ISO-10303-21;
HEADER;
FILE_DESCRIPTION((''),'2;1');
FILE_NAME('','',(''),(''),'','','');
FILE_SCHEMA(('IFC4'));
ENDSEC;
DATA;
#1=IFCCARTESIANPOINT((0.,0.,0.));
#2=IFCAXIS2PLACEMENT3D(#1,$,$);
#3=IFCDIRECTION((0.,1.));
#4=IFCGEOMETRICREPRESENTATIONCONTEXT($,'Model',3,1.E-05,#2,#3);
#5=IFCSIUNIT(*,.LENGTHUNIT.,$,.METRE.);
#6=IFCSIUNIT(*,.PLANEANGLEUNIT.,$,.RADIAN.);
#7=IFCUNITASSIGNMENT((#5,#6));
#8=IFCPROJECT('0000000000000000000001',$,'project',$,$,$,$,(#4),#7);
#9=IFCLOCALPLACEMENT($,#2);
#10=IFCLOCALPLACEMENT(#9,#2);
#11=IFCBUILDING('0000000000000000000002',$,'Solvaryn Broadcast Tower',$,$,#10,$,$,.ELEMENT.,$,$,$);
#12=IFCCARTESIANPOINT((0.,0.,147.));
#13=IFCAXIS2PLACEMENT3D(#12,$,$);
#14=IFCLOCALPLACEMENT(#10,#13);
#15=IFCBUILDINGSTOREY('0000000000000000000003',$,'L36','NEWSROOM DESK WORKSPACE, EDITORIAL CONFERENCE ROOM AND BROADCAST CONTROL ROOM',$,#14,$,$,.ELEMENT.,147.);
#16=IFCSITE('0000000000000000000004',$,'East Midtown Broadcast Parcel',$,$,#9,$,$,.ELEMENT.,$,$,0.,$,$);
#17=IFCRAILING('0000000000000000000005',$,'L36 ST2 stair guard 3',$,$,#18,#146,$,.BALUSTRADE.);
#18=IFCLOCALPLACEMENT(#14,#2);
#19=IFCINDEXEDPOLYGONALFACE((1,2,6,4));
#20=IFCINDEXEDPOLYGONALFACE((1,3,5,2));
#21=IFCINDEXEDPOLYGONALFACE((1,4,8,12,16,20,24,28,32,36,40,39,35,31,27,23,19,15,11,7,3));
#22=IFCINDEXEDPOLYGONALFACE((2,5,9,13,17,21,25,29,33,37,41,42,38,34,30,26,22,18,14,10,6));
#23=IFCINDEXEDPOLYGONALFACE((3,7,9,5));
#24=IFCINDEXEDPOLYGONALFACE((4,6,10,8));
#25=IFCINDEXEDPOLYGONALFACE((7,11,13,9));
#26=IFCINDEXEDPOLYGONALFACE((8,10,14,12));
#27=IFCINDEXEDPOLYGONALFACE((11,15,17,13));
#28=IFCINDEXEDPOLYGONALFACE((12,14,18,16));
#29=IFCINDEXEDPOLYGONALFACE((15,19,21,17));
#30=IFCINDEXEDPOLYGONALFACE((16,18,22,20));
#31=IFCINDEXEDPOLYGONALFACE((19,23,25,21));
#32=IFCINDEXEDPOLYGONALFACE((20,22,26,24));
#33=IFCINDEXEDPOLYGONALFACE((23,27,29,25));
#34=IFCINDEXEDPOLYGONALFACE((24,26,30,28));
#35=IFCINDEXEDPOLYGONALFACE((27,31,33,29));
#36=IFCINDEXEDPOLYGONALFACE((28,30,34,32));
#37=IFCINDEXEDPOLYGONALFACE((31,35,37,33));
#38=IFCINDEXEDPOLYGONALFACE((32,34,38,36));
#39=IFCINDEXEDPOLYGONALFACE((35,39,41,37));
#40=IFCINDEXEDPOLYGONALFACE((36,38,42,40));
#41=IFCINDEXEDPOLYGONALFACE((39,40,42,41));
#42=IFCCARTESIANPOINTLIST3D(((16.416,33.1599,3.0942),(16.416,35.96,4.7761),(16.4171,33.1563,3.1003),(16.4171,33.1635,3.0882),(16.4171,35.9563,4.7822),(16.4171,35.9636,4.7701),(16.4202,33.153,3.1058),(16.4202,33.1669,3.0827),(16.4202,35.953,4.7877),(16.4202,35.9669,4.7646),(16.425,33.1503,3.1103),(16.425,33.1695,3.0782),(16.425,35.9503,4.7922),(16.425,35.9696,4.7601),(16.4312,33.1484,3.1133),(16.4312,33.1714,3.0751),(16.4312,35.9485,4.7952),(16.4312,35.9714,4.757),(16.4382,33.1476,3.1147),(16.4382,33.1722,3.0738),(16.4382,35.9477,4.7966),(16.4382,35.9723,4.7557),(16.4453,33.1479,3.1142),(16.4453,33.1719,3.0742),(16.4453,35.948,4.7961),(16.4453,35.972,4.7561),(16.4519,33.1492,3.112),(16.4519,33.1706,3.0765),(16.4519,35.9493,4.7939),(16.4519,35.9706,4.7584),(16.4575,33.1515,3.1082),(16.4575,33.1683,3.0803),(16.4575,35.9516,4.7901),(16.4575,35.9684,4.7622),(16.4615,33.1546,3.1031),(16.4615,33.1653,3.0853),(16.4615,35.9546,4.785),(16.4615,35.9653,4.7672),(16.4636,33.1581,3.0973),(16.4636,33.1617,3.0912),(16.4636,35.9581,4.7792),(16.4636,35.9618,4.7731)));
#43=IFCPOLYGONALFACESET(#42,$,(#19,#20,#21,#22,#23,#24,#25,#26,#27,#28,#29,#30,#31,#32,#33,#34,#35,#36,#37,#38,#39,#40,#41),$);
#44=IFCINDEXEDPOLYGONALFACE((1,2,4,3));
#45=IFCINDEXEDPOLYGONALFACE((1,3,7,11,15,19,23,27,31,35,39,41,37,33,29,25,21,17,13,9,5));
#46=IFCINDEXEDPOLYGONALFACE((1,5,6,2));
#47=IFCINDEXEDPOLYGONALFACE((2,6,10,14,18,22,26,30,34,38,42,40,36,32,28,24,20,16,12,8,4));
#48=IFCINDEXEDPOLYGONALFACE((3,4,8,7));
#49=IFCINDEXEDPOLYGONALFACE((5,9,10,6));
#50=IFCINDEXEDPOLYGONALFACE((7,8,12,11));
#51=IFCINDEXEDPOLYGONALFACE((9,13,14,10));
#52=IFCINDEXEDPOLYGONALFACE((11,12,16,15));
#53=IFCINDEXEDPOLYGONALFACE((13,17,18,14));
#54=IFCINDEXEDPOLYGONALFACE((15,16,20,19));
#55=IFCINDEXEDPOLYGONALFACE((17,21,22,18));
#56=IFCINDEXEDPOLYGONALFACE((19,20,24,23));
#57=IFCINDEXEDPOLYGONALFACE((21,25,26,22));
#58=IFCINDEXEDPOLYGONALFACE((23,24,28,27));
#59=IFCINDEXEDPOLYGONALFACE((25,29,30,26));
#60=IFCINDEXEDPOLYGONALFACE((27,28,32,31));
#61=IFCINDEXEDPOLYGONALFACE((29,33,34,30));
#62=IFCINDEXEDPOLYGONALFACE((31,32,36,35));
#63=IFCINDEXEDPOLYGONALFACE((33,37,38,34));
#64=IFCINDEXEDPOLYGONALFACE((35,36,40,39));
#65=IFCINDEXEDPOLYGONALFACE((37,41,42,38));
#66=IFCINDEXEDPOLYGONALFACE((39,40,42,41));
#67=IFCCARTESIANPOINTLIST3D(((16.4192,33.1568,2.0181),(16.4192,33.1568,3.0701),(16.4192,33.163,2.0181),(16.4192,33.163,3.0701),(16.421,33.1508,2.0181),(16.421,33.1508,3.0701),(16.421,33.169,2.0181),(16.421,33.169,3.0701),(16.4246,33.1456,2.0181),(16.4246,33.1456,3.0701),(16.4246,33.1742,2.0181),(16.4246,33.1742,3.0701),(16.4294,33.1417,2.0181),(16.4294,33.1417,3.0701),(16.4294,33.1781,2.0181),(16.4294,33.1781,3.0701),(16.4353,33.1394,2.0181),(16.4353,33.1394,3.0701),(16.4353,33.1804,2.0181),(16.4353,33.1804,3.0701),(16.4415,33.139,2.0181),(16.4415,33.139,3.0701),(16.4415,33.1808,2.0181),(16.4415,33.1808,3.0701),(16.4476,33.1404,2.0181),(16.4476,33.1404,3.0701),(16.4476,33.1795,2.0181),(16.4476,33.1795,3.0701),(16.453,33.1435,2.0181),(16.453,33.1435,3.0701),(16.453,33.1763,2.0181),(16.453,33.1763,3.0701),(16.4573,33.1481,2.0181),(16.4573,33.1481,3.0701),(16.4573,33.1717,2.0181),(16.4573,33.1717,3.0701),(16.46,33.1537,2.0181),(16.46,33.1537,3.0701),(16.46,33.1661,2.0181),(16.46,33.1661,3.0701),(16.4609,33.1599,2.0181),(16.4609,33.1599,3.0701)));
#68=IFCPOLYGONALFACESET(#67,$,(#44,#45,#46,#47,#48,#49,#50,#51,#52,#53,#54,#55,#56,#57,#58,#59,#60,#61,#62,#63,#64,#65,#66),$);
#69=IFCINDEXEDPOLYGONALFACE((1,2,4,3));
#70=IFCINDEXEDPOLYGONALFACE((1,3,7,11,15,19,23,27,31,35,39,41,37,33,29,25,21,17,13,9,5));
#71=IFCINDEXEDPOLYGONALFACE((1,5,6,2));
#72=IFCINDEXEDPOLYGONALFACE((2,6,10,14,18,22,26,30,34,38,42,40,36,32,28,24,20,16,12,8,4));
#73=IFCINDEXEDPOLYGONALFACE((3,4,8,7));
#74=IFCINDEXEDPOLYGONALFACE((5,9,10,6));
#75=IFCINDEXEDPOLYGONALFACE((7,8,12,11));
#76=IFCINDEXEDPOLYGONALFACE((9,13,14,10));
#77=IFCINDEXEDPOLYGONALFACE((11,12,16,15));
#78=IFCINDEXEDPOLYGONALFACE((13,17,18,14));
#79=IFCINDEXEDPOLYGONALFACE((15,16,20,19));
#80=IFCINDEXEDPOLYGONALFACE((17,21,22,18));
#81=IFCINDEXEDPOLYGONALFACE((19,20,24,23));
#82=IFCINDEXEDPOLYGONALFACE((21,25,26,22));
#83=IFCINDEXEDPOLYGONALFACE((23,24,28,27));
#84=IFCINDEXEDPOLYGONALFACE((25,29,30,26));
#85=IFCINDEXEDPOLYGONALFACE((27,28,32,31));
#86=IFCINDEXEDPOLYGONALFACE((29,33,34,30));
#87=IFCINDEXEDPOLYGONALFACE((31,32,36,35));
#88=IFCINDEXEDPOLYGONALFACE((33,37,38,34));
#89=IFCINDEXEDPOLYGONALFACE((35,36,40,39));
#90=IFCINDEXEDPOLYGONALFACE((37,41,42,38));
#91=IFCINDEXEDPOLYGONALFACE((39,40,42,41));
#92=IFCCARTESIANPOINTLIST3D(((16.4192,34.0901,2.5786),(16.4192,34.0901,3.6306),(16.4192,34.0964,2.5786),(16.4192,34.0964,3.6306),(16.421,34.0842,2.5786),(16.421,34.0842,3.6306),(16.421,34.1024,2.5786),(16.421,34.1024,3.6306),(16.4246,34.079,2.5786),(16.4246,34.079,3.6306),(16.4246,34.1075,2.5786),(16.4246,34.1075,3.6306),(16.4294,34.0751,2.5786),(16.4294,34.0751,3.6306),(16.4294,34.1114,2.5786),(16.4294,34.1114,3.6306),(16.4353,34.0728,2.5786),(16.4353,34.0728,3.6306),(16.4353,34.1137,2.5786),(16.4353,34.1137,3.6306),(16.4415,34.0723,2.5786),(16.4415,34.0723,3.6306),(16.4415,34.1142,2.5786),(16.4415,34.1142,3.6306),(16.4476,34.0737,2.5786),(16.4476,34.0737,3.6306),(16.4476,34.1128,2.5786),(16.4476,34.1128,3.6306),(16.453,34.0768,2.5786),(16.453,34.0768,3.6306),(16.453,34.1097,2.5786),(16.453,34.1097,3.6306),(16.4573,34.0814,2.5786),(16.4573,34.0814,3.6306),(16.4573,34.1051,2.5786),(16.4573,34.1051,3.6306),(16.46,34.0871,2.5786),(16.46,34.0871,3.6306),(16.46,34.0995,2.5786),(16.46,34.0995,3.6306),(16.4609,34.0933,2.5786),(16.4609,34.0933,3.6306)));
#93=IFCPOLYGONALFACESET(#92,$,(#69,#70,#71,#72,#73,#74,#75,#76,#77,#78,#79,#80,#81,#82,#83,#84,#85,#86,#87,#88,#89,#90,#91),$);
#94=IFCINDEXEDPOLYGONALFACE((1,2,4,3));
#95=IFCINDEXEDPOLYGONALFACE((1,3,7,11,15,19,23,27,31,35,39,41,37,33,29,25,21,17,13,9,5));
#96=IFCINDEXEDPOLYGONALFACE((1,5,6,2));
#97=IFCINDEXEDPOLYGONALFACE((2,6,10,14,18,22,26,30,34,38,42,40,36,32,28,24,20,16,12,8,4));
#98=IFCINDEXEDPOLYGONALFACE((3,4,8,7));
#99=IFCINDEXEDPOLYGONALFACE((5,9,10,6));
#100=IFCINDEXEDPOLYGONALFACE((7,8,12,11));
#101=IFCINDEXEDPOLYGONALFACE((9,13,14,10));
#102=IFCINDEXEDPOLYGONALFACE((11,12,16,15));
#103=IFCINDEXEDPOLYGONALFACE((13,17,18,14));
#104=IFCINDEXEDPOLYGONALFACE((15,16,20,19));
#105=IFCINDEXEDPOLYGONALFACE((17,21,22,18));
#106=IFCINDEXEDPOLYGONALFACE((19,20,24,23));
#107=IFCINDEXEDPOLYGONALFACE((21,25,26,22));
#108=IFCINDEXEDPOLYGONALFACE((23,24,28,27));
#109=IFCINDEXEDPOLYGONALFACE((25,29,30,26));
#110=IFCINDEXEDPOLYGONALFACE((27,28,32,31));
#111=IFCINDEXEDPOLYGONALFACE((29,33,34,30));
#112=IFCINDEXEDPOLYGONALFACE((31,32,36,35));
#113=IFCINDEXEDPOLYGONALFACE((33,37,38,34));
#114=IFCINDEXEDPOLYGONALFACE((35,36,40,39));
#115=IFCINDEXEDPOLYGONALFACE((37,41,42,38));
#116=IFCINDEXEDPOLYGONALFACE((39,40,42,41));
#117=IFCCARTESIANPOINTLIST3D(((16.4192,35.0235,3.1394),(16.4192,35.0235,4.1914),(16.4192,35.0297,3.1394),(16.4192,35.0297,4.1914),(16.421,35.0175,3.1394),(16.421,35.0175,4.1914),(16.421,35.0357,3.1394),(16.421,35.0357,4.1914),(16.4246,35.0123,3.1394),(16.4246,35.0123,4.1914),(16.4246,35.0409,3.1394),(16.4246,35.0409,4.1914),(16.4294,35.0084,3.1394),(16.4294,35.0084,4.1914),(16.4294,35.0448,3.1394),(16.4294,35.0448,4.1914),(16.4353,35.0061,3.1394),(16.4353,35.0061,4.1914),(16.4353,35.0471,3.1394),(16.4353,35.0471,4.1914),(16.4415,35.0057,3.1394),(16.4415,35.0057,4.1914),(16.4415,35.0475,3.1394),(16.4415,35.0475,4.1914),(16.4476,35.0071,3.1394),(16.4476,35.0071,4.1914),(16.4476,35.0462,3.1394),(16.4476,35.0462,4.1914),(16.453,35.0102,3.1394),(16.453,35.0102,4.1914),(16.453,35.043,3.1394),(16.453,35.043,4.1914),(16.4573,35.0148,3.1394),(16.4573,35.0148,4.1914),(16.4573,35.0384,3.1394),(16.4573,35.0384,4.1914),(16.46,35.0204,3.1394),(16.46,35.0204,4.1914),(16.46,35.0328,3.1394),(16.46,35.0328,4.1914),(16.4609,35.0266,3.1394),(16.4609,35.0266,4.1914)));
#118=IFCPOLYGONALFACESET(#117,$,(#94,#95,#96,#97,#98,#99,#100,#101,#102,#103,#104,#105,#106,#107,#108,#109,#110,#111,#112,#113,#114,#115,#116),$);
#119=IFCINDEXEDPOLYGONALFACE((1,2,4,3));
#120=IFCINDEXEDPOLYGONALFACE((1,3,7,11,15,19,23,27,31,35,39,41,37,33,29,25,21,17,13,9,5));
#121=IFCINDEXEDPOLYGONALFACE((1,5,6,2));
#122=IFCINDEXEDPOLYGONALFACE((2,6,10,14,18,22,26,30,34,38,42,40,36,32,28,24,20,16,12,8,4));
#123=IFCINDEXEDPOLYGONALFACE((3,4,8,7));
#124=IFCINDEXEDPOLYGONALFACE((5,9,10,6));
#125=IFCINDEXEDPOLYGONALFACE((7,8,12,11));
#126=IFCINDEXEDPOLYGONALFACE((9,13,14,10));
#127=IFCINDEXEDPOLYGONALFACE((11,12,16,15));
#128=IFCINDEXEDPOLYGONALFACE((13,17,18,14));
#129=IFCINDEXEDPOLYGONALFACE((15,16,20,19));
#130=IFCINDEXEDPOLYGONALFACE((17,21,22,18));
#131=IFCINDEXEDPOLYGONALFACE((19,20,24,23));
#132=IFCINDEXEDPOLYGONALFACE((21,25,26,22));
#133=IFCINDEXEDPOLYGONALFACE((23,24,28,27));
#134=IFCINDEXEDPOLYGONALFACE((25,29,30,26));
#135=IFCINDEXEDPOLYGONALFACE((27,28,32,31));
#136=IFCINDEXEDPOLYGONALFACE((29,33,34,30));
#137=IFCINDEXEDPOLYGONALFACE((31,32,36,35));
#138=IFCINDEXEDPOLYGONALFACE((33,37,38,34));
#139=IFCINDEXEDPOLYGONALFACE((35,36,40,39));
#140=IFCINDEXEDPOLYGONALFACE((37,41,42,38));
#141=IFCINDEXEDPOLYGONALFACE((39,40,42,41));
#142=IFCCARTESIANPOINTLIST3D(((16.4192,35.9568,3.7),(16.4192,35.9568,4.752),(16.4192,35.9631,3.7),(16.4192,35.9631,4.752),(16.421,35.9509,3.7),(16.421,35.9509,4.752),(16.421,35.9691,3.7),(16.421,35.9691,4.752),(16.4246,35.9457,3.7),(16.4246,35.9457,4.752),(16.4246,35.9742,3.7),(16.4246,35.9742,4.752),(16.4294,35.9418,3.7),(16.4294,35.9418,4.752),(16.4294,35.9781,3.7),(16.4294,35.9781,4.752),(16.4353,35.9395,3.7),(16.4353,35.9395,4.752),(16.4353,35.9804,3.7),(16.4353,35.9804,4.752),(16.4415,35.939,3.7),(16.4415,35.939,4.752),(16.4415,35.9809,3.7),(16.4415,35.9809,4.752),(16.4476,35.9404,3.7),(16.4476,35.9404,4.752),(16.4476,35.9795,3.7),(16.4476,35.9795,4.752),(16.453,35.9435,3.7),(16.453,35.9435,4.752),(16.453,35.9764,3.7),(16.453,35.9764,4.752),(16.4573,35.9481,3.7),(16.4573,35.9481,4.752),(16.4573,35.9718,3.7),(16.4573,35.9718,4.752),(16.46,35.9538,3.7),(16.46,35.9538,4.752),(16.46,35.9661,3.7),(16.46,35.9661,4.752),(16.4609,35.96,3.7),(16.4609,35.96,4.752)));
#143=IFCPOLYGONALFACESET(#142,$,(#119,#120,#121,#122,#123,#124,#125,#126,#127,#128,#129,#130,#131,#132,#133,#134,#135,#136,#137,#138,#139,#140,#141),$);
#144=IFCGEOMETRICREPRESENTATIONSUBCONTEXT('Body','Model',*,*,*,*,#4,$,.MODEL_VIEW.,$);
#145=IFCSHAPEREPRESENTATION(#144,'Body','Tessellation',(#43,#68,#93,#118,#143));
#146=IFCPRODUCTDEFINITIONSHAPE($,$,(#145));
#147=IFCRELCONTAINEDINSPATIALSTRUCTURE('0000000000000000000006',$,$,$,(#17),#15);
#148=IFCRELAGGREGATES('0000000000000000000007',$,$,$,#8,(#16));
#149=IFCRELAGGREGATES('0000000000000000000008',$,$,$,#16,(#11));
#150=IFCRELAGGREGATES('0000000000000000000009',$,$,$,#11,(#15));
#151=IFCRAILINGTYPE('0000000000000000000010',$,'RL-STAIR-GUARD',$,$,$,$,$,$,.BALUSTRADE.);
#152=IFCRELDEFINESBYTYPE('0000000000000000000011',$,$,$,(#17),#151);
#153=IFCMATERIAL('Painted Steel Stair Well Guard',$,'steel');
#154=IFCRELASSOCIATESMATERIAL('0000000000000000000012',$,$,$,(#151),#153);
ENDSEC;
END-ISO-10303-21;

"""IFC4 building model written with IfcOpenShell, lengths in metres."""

from ifc_helpers import new_model, si_unit, direction, frame, origin, origin_2d, place, context, subcontext, project, spatial, circle, extrude, material, type_object, element, save


model = new_model("IFC4")

# Units and contexts
model_context = context("Model", 3, precision=1e-05, world=origin(), true_north=direction((0.0, 1.0)))
body_context = subcontext(model_context, "Body", "Model", "MODEL_VIEW")
ifc_project = project(units=[si_unit("LENGTHUNIT", "METRE"), si_unit("PLANEANGLEUNIT", "RADIAN")], contexts=[model_context])

# Site, building, storey
site_placement = place(None, origin())
site = spatial("IfcSite", under=ifc_project, at=site_placement, Name="East Midtown Broadcast Parcel", CompositionType="ELEMENT", RefElevation=0.0)
building_placement = place(site_placement, origin())
building = spatial("IfcBuilding", under=site, at=building_placement, Name="Solvaryn Broadcast Tower", CompositionType="ELEMENT")
storey_placement = place(building_placement, frame((0.0, 0.0, 147.0)))
storey = spatial("IfcBuildingStorey", under=building, at=storey_placement, Name="L36", Description="NEWSROOM DESK WORKSPACE, EDITORIAL CONFERENCE ROOM AND BROADCAST CONTROL ROOM", CompositionType="ELEMENT", Elevation=147.0)

# Railing
ifc_material_1 = material(Name="Painted Steel Stair Well Guard", Category="steel")
railing_type_1 = type_object("IfcRailingType", Name="RL-STAIR-GUARD", PredefinedType="BALUSTRADE", material=ifc_material_1)
railing_1_placement = place(storey_placement, frame((16.4399, 33.1599, 2.0181)))
element("IfcRailing", 1, at=railing_1_placement, inside=storey, type_object=railing_type_1, Name="L36 ST2 stair guard 3", PredefinedType="BALUSTRADE", context=body_context, shape_type="SweptSolid", body=[
    extrude(circle(Radius=0.0239, at=origin_2d()), frame((0.0, 0.0, 1.0762), z_axis=(0.0, 0.857242, 0.514913), x_axis=(-1.0, 0.0, 0.0)), (0.0, 0.0, 1.0), 3.2664),
    extrude(circle(Radius=0.021, at=origin_2d()), origin(), (0.0, 0.0, 1.0), 1.052),
    extrude(circle(Radius=0.021, at=origin_2d()), frame((0.0, 0.9333, 0.5605)), (0.0, 0.0, 1.0), 1.052),
    extrude(circle(Radius=0.021, at=origin_2d()), frame((0.0, 1.8667, 1.1213)), (0.0, 0.0, 1.0), 1.052),
    extrude(circle(Radius=0.021, at=origin_2d()), frame((0.0, 2.8, 1.6819)), (0.0, 0.0, 1.0), 1.052),
])

save(model, "model.ifc")
